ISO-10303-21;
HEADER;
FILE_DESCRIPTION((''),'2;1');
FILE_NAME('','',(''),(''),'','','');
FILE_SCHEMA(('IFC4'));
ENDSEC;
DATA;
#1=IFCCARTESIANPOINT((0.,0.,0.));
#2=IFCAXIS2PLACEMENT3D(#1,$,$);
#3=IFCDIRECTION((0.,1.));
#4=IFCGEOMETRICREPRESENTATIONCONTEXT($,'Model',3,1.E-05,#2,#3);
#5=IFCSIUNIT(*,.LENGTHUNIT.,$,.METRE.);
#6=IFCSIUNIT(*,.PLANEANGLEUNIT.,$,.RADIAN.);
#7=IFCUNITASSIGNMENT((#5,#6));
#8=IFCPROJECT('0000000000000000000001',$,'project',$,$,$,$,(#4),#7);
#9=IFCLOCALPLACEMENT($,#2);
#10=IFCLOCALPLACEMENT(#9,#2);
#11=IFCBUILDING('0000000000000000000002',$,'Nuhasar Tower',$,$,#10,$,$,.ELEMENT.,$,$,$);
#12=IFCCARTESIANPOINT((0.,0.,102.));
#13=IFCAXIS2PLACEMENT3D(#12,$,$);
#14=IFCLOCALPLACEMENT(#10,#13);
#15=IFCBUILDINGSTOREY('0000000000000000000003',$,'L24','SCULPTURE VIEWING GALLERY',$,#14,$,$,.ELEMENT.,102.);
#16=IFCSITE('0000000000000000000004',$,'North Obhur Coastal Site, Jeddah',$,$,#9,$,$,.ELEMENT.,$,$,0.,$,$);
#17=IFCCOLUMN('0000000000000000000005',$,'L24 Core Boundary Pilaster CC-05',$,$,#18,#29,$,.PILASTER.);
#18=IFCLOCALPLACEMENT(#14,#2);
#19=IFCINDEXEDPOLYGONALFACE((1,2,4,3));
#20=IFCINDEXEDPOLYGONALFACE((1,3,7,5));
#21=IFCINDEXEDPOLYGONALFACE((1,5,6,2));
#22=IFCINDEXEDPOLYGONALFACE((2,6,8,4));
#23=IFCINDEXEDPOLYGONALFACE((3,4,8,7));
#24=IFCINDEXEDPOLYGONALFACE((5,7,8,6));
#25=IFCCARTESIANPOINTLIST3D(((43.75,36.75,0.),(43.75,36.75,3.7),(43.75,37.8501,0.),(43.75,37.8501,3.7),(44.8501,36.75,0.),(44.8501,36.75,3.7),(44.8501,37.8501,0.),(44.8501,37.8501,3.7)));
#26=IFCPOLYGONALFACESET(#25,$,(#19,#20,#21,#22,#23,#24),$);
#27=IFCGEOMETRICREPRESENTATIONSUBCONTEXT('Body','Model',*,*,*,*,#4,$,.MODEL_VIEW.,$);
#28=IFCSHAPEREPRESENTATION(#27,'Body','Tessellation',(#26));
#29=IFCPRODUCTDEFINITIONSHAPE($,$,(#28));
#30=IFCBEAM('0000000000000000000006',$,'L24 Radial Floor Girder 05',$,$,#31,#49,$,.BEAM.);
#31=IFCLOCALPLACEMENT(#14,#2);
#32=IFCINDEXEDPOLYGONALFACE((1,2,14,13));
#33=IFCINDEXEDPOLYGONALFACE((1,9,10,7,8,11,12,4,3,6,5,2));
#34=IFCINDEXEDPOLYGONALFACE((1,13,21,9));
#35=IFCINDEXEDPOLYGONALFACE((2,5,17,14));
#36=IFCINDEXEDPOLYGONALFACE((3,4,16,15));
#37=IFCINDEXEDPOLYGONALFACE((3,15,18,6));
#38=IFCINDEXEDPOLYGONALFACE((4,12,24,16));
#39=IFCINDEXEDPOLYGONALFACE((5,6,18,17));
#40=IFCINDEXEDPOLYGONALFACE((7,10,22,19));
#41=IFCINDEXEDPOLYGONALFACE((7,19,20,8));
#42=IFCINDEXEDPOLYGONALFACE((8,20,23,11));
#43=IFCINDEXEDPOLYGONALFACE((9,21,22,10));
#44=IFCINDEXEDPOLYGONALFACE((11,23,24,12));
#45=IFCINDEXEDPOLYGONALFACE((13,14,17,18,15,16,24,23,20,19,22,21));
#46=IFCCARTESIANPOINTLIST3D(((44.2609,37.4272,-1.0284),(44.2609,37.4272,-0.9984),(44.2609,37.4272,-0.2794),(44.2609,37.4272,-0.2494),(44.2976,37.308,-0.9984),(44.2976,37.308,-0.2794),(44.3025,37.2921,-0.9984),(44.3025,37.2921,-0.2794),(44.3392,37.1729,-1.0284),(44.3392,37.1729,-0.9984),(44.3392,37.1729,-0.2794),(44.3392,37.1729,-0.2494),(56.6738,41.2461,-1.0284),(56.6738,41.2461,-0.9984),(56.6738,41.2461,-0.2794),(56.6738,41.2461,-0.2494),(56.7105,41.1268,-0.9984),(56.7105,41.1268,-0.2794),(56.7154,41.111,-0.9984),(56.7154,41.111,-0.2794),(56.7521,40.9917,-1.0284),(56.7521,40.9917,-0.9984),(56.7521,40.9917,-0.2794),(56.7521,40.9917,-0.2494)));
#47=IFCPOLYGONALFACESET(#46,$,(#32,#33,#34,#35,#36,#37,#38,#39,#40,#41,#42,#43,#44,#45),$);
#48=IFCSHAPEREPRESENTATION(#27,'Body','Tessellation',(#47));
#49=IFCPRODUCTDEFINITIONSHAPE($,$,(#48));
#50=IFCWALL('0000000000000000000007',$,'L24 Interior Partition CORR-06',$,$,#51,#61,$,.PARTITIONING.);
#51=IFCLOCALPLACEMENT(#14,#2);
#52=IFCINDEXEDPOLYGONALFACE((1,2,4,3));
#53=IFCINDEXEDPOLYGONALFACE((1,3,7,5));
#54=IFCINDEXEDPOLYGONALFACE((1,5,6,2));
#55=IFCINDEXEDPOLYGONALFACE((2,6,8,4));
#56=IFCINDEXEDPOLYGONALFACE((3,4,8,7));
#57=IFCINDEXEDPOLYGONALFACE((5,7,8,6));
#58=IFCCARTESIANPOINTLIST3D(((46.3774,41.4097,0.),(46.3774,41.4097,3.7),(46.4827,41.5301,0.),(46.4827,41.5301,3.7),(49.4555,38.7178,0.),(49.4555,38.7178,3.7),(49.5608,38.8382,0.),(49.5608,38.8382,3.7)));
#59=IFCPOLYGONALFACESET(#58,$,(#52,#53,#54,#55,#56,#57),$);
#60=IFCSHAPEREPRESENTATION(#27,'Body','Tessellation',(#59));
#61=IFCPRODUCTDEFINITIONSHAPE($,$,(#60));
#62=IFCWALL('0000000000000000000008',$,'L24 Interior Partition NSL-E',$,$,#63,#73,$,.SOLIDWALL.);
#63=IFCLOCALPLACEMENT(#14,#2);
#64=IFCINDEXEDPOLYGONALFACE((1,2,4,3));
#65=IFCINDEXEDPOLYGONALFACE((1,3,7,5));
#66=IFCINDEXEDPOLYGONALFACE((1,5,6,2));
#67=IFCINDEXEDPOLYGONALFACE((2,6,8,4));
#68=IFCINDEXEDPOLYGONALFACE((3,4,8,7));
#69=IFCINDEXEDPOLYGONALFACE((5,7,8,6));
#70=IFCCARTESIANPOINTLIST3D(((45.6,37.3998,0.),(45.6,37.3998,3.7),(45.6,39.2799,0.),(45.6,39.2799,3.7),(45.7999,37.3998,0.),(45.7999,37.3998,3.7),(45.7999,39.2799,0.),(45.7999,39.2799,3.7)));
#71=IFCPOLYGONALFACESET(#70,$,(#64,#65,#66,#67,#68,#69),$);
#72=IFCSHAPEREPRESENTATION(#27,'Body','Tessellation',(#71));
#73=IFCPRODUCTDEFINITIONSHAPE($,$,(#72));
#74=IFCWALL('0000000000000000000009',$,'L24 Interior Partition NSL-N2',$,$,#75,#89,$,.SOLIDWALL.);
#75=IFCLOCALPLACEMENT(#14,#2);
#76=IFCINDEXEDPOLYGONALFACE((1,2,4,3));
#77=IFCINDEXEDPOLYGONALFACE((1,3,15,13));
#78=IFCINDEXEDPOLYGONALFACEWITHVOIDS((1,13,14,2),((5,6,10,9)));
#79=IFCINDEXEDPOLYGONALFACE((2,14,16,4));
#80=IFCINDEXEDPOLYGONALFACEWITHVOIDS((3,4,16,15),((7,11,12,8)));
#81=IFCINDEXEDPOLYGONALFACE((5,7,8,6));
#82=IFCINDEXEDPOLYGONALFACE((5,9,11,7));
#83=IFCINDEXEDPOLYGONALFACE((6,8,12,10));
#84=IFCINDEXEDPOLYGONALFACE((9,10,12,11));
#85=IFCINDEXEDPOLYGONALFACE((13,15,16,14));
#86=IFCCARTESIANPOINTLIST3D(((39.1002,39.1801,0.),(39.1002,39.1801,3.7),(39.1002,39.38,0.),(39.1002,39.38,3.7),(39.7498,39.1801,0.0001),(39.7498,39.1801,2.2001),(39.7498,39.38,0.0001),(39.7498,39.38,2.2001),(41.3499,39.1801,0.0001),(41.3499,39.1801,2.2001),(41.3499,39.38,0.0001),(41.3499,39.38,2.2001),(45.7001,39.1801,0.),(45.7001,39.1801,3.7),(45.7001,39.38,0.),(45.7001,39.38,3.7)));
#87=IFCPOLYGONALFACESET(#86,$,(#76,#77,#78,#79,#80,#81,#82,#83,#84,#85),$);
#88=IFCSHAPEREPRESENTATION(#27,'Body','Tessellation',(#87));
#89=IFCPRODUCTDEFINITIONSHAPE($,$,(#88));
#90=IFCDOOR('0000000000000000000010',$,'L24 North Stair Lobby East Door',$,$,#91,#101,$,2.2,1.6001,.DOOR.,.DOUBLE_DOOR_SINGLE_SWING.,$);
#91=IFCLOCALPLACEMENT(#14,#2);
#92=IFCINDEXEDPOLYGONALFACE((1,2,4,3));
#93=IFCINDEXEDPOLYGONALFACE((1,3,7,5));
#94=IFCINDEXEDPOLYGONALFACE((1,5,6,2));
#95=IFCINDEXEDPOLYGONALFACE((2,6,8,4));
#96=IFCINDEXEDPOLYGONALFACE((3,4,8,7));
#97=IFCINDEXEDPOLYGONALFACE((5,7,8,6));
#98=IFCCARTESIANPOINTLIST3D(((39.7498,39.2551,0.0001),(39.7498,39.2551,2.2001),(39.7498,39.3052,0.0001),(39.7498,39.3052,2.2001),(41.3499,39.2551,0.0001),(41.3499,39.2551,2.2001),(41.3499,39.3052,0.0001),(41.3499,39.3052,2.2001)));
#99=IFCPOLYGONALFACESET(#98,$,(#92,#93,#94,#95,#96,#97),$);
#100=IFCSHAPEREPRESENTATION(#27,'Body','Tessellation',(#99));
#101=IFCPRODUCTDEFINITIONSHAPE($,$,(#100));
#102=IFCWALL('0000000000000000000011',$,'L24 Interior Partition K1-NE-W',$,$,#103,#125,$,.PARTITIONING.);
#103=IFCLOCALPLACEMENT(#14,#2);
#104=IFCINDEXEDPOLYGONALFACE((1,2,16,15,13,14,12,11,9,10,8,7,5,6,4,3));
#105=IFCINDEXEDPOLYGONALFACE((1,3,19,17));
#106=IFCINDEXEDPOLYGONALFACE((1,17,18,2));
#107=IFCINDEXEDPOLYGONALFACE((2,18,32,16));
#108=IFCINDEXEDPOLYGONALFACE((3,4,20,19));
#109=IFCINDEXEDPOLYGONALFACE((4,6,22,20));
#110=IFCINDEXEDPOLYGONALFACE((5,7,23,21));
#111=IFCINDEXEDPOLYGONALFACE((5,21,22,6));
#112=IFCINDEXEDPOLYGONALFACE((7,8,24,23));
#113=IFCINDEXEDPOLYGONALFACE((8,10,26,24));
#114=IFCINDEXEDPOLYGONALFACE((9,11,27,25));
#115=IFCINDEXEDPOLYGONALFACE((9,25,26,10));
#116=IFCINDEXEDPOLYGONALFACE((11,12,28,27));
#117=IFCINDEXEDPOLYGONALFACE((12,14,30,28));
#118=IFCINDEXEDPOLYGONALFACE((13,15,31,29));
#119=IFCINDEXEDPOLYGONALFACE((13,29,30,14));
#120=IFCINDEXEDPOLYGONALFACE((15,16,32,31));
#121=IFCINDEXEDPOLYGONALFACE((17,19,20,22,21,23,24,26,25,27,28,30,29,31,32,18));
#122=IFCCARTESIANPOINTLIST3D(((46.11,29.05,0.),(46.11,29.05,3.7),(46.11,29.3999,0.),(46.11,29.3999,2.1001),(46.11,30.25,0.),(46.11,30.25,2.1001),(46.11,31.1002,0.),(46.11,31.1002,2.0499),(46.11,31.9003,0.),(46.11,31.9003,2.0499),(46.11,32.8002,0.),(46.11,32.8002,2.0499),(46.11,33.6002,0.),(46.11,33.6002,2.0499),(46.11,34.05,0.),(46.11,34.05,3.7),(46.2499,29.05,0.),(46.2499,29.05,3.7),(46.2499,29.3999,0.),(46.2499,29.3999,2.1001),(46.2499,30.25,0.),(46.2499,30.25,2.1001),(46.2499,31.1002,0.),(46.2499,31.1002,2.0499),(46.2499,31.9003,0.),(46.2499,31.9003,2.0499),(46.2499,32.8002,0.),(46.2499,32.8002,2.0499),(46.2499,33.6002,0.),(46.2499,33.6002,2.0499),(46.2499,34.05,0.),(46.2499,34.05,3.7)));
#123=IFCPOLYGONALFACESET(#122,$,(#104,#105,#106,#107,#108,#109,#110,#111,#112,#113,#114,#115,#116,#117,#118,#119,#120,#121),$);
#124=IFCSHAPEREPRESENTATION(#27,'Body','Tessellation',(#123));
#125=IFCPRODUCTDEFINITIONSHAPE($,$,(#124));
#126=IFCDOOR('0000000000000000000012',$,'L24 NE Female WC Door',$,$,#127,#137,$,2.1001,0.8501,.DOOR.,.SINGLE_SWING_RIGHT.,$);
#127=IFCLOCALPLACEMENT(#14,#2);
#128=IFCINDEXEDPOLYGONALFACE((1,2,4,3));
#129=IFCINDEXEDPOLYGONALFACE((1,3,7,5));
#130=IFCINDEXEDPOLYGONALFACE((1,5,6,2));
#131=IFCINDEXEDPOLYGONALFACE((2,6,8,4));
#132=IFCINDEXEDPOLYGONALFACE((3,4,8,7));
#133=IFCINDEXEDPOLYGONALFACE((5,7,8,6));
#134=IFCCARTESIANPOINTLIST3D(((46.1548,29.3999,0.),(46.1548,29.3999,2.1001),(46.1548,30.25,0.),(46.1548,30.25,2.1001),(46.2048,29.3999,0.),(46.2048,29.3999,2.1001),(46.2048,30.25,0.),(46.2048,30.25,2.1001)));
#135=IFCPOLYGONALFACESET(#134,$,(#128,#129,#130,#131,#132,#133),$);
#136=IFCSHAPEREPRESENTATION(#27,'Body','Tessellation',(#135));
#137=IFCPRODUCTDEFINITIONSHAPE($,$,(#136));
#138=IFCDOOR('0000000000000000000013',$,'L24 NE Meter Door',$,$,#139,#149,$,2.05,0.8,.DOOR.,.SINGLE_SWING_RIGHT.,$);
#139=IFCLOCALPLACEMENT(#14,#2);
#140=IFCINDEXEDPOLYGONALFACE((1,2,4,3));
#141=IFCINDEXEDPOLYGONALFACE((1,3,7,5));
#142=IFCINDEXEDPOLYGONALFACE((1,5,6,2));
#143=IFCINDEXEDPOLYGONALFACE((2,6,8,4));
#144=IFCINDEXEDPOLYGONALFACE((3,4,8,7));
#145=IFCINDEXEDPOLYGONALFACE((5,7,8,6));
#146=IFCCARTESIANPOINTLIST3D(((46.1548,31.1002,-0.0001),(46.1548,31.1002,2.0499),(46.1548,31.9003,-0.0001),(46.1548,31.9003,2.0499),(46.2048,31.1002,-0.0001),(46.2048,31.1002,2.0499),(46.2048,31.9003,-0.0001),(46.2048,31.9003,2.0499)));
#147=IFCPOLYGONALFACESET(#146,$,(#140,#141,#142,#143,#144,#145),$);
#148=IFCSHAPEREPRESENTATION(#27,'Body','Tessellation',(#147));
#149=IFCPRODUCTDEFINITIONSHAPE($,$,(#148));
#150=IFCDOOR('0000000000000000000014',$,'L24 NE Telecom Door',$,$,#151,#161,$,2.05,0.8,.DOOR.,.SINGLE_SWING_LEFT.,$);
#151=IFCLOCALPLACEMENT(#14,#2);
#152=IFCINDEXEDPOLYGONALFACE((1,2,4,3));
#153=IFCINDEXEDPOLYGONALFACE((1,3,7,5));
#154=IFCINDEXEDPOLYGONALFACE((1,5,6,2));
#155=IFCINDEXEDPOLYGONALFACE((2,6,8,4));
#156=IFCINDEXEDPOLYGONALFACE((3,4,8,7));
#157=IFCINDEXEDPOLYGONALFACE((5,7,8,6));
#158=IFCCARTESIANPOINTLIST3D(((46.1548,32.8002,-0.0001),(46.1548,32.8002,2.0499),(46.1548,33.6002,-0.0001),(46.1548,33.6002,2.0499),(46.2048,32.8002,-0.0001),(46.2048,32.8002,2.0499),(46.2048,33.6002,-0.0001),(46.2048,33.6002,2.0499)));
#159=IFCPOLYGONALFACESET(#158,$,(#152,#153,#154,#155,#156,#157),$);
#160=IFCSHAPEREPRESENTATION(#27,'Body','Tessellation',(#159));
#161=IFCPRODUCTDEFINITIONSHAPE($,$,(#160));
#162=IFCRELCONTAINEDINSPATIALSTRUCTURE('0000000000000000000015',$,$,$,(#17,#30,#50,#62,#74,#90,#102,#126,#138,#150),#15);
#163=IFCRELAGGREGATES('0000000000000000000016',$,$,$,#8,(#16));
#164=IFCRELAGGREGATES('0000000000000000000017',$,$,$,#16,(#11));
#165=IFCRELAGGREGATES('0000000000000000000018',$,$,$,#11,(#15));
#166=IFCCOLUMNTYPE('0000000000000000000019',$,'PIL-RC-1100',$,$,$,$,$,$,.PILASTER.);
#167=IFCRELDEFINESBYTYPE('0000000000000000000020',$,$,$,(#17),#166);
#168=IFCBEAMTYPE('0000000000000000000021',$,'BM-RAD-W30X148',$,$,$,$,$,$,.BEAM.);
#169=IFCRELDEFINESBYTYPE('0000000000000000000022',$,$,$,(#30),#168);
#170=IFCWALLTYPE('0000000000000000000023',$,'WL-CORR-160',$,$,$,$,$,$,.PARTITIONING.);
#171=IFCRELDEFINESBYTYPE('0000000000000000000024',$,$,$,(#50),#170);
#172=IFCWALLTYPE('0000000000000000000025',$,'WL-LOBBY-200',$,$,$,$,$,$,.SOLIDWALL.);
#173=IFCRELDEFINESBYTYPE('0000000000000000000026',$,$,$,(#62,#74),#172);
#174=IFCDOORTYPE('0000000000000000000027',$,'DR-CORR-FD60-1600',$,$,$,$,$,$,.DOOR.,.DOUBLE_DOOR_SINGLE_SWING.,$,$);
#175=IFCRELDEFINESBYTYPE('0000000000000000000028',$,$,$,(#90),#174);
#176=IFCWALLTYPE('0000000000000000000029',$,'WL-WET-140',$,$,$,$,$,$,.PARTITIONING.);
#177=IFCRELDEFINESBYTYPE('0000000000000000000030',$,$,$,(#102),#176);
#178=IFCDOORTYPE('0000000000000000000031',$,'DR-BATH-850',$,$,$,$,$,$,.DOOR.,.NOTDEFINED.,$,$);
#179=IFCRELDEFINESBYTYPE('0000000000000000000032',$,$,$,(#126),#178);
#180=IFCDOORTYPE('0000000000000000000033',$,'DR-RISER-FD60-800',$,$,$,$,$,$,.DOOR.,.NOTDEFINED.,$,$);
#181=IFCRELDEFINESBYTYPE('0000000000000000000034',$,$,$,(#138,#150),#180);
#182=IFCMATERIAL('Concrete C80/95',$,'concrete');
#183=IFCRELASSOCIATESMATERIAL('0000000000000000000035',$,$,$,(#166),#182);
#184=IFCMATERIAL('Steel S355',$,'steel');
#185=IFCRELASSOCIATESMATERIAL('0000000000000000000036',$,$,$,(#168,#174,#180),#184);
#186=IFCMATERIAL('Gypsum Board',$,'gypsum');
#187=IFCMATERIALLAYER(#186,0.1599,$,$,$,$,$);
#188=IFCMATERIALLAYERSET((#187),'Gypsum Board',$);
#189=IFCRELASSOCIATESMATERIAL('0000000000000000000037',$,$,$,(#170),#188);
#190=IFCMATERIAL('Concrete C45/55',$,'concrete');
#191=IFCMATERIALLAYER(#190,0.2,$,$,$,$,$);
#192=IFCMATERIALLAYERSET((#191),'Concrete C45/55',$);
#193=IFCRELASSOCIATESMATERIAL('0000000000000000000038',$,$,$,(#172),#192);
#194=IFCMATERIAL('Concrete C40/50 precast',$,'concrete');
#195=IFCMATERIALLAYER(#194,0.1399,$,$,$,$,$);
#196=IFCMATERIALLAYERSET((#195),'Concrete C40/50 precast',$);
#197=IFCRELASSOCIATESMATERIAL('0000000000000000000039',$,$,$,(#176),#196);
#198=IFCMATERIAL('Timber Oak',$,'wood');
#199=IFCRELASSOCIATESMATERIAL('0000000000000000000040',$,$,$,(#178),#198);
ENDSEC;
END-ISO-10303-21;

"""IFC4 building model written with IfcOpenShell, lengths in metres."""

from ifc_helpers import new_model, si_unit, direction, frame, frame_2d, origin, origin_2d, place, context, subcontext, project, spatial, rectangle, i_section, extrude, material, layer, layer_set, material_profile, profile_set, type_object, element, fill, save


model = new_model("IFC4")

# Units and contexts
model_context = context("Model", 3, precision=1e-05, world=origin(), true_north=direction((0.0, 1.0)))
body_context = subcontext(model_context, "Body", "Model", "MODEL_VIEW")
ifc_project = project(units=[si_unit("LENGTHUNIT", "METRE"), si_unit("PLANEANGLEUNIT", "RADIAN")], contexts=[model_context])

# Site, building, storey
site_placement = place(None, origin())
site = spatial("IfcSite", under=ifc_project, at=site_placement, Name="North Obhur Coastal Site, Jeddah", CompositionType="ELEMENT", RefElevation=0.0)
building_placement = place(site_placement, origin())
building = spatial("IfcBuilding", under=site, at=building_placement, Name="Nuhasar Tower", CompositionType="ELEMENT")
storey_placement = place(building_placement, frame((0.0, 0.0, 102.0)))
storey = spatial("IfcBuildingStorey", under=building, at=storey_placement, Name="L24", Description="SCULPTURE VIEWING GALLERY", CompositionType="ELEMENT", Elevation=102.0)

# Column
ifc_material_1 = material(Name="Concrete C80/95", Category="concrete")
ifc_material_profile_1 = material_profile(ifc_material_1, rectangle(XDim=1.1001, YDim=1.1001, at=origin_2d()), Name="RC1100X1100")
ifc_profile_set_1 = profile_set([ifc_material_profile_1], Name="Concrete C80/95")
column_type = type_object("IfcColumnType", Name="PIL-RC-1100", PredefinedType="PILASTER", material=ifc_profile_set_1)
column_placement = place(storey_placement, frame((44.3, 37.3, 0.0), z_axis=(0.0, 0.0, 1.0), x_axis=(1.0, 0.0, 0.0)))
element("IfcColumn", 1, at=column_placement, inside=storey, type_object=column_type, Name="L24 Core Boundary Pilaster CC-05", PredefinedType="PILASTER", context=body_context, shape_type="SweptSolid", body=[
    extrude(rectangle(XDim=1.1001, YDim=1.1001, at=origin_2d()), origin(), (0.0, 0.0, 1.0), 3.7),
])

# Beam
ifc_material_2 = material(Name="Steel S355", Category="steel")
ifc_material_profile_2 = material_profile(ifc_material_2, i_section(OverallWidth=0.2661, OverallDepth=0.7791, WebThickness=0.0166, FlangeThickness=0.03, at=origin_2d()), Name="W30X148")
ifc_profile_set_2 = profile_set([ifc_material_profile_2], Name="Steel S355")
beam_type = type_object("IfcBeamType", Name="BM-RAD-W30X148", PredefinedType="BEAM", material=ifc_profile_set_2)
beam_placement = place(storey_placement, frame((44.3, 37.3, -0.6389), z_axis=(0.95579, 0.294052, 0.0), x_axis=(-0.294052, 0.95579, 0.0)))
element("IfcBeam", 2, at=beam_placement, inside=storey, type_object=beam_type, Name="L24 Radial Floor Girder 05", PredefinedType="BEAM", context=body_context, shape_type="SweptSolid", body=[
    extrude(i_section(OverallWidth=0.2661, OverallDepth=0.7791, WebThickness=0.0166, FlangeThickness=0.03, at=origin_2d()), origin(), (0.0, 0.0, 1.0), 12.9871),
])

# Walls
ifc_material_3 = material(Name="Gypsum Board", Category="gypsum")
ifc_layer_1 = layer(ifc_material_3, 0.1599)
ifc_layer_set_1 = layer_set([ifc_layer_1], Name="Gypsum Board")
wall_type_1 = type_object("IfcWallType", Name="WL-CORR-160", PredefinedType="PARTITIONING", material=ifc_layer_set_1)
wall_1_placement = place(storey_placement, frame((49.5081, 38.7781, 0.0), z_axis=(0.0, 0.0, 1.0), x_axis=(-0.752754, 0.658302, 0.0)))
element("IfcWall", 3, at=wall_1_placement, inside=storey, type_object=wall_type_1, Name="L24 Interior Partition CORR-06", PredefinedType="PARTITIONING", context=body_context, shape_type="SweptSolid", body=[
    extrude(rectangle(XDim=4.0891, YDim=0.1599, at=frame_2d((2.0444, 0.0))), origin(), (0.0, 0.0, 1.0), 3.7),
])
ifc_material_4 = material(Name="Concrete C45/55", Category="concrete")
ifc_layer_2 = layer(ifc_material_4, 0.2)
ifc_layer_set_2 = layer_set([ifc_layer_2], Name="Concrete C45/55")
wall_type_2 = type_object("IfcWallType", Name="WL-LOBBY-200", PredefinedType="SOLIDWALL", material=ifc_layer_set_2)
wall_2_placement = place(storey_placement, frame((45.7, 37.3999, 0.0), z_axis=(0.0, 0.0, 1.0), x_axis=(0.0, 1.0, 0.0)))
element("IfcWall", 4, at=wall_2_placement, inside=storey, type_object=wall_type_2, Name="L24 Interior Partition NSL-E", PredefinedType="SOLIDWALL", context=body_context, shape_type="SweptSolid", body=[
    extrude(rectangle(XDim=1.8801, YDim=0.2, at=frame_2d((0.9399, 0.0))), origin(), (0.0, 0.0, 1.0), 3.7),
])

# Wall, opening, door
wall_3_placement = place(storey_placement, frame((45.7, 39.28, 0.0), z_axis=(0.0, 0.0, 1.0), x_axis=(-1.0, 0.0, 0.0)))
wall_3 = element("IfcWall", 5, at=wall_3_placement, inside=storey, type_object=wall_type_2, Name="L24 Interior Partition NSL-N2", PredefinedType="SOLIDWALL", context=body_context, shape_type="SweptSolid", body=[
    extrude(rectangle(XDim=6.5999, YDim=0.2, at=frame_2d((3.2998, 0.0))), origin(), (0.0, 0.0, 1.0), 3.7),
])
opening_1_placement = place(wall_3_placement, frame((4.3501, 0.0, 0.0)))
opening_1 = element("IfcOpeningElement", 6, at=opening_1_placement, cuts=wall_3, PredefinedType="OPENING", context=body_context, shape_type="SweptSolid", body=[
    extrude(rectangle(XDim=1.6001, YDim=2.2, at=frame_2d((0.8, 1.1001))), frame((0.0, 0.1099, 0.0), z_axis=(0.0, -1.0, 0.0), x_axis=(1.0, 0.0, 0.0)), (0.0, 0.0, 1.0), 0.22),
])
door_type_1 = type_object("IfcDoorType", Name="DR-CORR-FD60-1600", OperationType="DOUBLE_DOOR_SINGLE_SWING", PredefinedType="DOOR", material=ifc_material_2)
door_1_placement = place(opening_1_placement, origin())
door_1 = element("IfcDoor", 7, at=door_1_placement, inside=storey, type_object=door_type_1, Name="L24 North Stair Lobby East Door", OperationType="DOUBLE_DOOR_SINGLE_SWING", OverallHeight=2.2, OverallWidth=1.6001, PredefinedType="DOOR", context=body_context, shape_type="SweptSolid", body=[
    extrude(rectangle(XDim=1.6001, YDim=2.2, at=frame_2d((0.8, 1.1001))), frame((0.0, 0.0249, 0.0), z_axis=(0.0, -1.0, 0.0), x_axis=(1.0, 0.0, 0.0)), (0.0, 0.0, 1.0), 0.05),
])
fill(opening_1, door_1)

# Wall, openings, doors
ifc_material_5 = material(Name="Concrete C40/50 precast", Category="concrete")
ifc_layer_3 = layer(ifc_material_5, 0.1399)
ifc_layer_set_3 = layer_set([ifc_layer_3], Name="Concrete C40/50 precast")
wall_type_3 = type_object("IfcWallType", Name="WL-WET-140", PredefinedType="PARTITIONING", material=ifc_layer_set_3)
wall_4_placement = place(storey_placement, frame((46.1799, 34.05, 0.0), z_axis=(0.0, 0.0, 1.0), x_axis=(0.0, -1.0, 0.0)))
wall_4 = element("IfcWall", 8, at=wall_4_placement, inside=storey, type_object=wall_type_3, Name="L24 Interior Partition K1-NE-W", PredefinedType="PARTITIONING", context=body_context, shape_type="SweptSolid", body=[
    extrude(rectangle(XDim=5.0, YDim=0.1399, at=frame_2d((2.5, 0.0))), origin(), (0.0, 0.0, 1.0), 3.7),
])
opening_2_placement = place(wall_4_placement, frame((3.8, 0.0, 0.0)))
opening_2 = element("IfcOpeningElement", 9, at=opening_2_placement, cuts=wall_4, PredefinedType="OPENING", context=body_context, shape_type="SweptSolid", body=[
    extrude(rectangle(XDim=0.8501, YDim=2.1001, at=frame_2d((0.425, 1.05))), frame((0.0, 0.0801, 0.0), z_axis=(0.0, -1.0, 0.0), x_axis=(1.0, 0.0, 0.0)), (0.0, 0.0, 1.0), 0.1599),
])
opening_3_placement = place(wall_4_placement, frame((2.1499, 0.0, 0.0)))
opening_3 = element("IfcOpeningElement", 10, at=opening_3_placement, cuts=wall_4, PredefinedType="OPENING", context=body_context, shape_type="SweptSolid", body=[
    extrude(rectangle(XDim=0.8, YDim=2.05, at=frame_2d((0.3999, 1.0249))), frame((0.0, 0.0801, 0.0), z_axis=(0.0, -1.0, 0.0), x_axis=(1.0, 0.0, 0.0)), (0.0, 0.0, 1.0), 0.1599),
])
opening_4_placement = place(wall_4_placement, frame((0.45, 0.0, 0.0)))
opening_4 = element("IfcOpeningElement", 11, at=opening_4_placement, cuts=wall_4, PredefinedType="OPENING", context=body_context, shape_type="SweptSolid", body=[
    extrude(rectangle(XDim=0.8, YDim=2.05, at=frame_2d((0.3999, 1.0249))), frame((0.0, 0.0801, 0.0), z_axis=(0.0, -1.0, 0.0), x_axis=(1.0, 0.0, 0.0)), (0.0, 0.0, 1.0), 0.1599),
])
ifc_material_6 = material(Name="Timber Oak", Category="wood")
door_type_2 = type_object("IfcDoorType", Name="DR-BATH-850", OperationType="NOTDEFINED", PredefinedType="DOOR", material=ifc_material_6)
door_2_placement = place(opening_2_placement, origin())
door_2 = element("IfcDoor", 12, at=door_2_placement, inside=storey, type_object=door_type_2, Name="L24 NE Female WC Door", OperationType="SINGLE_SWING_RIGHT", OverallHeight=2.1001, OverallWidth=0.8501, PredefinedType="DOOR", context=body_context, shape_type="SweptSolid", body=[
    extrude(rectangle(XDim=0.8501, YDim=2.1001, at=frame_2d((0.425, 1.05))), frame((0.0, 0.0249, 0.0), z_axis=(0.0, -1.0, 0.0), x_axis=(1.0, 0.0, 0.0)), (0.0, 0.0, 1.0), 0.05),
])
fill(opening_2, door_2)
door_type_3 = type_object("IfcDoorType", Name="DR-RISER-FD60-800", OperationType="NOTDEFINED", PredefinedType="DOOR", material=ifc_material_2)
door_3_placement = place(opening_3_placement, origin())
door_3 = element("IfcDoor", 13, at=door_3_placement, inside=storey, type_object=door_type_3, Name="L24 NE Meter Door", OperationType="SINGLE_SWING_RIGHT", OverallHeight=2.05, OverallWidth=0.8, PredefinedType="DOOR", context=body_context, shape_type="SweptSolid", body=[
    extrude(rectangle(XDim=0.8, YDim=2.05, at=frame_2d((0.3999, 1.0249))), frame((0.0, 0.0249, 0.0), z_axis=(0.0, -1.0, 0.0), x_axis=(1.0, 0.0, 0.0)), (0.0, 0.0, 1.0), 0.05),
])
fill(opening_3, door_3)
door_4_placement = place(opening_4_placement, origin())
door_4 = element("IfcDoor", 14, at=door_4_placement, inside=storey, type_object=door_type_3, Name="L24 NE Telecom Door", OperationType="SINGLE_SWING_LEFT", OverallHeight=2.05, OverallWidth=0.8, PredefinedType="DOOR", context=body_context, shape_type="SweptSolid", body=[
    extrude(rectangle(XDim=0.8, YDim=2.05, at=frame_2d((0.3999, 1.0249))), frame((0.0, 0.0249, 0.0), z_axis=(0.0, -1.0, 0.0), x_axis=(1.0, 0.0, 0.0)), (0.0, 0.0, 1.0), 0.05),
])
fill(opening_4, door_4)

save(model, "model.ifc")
